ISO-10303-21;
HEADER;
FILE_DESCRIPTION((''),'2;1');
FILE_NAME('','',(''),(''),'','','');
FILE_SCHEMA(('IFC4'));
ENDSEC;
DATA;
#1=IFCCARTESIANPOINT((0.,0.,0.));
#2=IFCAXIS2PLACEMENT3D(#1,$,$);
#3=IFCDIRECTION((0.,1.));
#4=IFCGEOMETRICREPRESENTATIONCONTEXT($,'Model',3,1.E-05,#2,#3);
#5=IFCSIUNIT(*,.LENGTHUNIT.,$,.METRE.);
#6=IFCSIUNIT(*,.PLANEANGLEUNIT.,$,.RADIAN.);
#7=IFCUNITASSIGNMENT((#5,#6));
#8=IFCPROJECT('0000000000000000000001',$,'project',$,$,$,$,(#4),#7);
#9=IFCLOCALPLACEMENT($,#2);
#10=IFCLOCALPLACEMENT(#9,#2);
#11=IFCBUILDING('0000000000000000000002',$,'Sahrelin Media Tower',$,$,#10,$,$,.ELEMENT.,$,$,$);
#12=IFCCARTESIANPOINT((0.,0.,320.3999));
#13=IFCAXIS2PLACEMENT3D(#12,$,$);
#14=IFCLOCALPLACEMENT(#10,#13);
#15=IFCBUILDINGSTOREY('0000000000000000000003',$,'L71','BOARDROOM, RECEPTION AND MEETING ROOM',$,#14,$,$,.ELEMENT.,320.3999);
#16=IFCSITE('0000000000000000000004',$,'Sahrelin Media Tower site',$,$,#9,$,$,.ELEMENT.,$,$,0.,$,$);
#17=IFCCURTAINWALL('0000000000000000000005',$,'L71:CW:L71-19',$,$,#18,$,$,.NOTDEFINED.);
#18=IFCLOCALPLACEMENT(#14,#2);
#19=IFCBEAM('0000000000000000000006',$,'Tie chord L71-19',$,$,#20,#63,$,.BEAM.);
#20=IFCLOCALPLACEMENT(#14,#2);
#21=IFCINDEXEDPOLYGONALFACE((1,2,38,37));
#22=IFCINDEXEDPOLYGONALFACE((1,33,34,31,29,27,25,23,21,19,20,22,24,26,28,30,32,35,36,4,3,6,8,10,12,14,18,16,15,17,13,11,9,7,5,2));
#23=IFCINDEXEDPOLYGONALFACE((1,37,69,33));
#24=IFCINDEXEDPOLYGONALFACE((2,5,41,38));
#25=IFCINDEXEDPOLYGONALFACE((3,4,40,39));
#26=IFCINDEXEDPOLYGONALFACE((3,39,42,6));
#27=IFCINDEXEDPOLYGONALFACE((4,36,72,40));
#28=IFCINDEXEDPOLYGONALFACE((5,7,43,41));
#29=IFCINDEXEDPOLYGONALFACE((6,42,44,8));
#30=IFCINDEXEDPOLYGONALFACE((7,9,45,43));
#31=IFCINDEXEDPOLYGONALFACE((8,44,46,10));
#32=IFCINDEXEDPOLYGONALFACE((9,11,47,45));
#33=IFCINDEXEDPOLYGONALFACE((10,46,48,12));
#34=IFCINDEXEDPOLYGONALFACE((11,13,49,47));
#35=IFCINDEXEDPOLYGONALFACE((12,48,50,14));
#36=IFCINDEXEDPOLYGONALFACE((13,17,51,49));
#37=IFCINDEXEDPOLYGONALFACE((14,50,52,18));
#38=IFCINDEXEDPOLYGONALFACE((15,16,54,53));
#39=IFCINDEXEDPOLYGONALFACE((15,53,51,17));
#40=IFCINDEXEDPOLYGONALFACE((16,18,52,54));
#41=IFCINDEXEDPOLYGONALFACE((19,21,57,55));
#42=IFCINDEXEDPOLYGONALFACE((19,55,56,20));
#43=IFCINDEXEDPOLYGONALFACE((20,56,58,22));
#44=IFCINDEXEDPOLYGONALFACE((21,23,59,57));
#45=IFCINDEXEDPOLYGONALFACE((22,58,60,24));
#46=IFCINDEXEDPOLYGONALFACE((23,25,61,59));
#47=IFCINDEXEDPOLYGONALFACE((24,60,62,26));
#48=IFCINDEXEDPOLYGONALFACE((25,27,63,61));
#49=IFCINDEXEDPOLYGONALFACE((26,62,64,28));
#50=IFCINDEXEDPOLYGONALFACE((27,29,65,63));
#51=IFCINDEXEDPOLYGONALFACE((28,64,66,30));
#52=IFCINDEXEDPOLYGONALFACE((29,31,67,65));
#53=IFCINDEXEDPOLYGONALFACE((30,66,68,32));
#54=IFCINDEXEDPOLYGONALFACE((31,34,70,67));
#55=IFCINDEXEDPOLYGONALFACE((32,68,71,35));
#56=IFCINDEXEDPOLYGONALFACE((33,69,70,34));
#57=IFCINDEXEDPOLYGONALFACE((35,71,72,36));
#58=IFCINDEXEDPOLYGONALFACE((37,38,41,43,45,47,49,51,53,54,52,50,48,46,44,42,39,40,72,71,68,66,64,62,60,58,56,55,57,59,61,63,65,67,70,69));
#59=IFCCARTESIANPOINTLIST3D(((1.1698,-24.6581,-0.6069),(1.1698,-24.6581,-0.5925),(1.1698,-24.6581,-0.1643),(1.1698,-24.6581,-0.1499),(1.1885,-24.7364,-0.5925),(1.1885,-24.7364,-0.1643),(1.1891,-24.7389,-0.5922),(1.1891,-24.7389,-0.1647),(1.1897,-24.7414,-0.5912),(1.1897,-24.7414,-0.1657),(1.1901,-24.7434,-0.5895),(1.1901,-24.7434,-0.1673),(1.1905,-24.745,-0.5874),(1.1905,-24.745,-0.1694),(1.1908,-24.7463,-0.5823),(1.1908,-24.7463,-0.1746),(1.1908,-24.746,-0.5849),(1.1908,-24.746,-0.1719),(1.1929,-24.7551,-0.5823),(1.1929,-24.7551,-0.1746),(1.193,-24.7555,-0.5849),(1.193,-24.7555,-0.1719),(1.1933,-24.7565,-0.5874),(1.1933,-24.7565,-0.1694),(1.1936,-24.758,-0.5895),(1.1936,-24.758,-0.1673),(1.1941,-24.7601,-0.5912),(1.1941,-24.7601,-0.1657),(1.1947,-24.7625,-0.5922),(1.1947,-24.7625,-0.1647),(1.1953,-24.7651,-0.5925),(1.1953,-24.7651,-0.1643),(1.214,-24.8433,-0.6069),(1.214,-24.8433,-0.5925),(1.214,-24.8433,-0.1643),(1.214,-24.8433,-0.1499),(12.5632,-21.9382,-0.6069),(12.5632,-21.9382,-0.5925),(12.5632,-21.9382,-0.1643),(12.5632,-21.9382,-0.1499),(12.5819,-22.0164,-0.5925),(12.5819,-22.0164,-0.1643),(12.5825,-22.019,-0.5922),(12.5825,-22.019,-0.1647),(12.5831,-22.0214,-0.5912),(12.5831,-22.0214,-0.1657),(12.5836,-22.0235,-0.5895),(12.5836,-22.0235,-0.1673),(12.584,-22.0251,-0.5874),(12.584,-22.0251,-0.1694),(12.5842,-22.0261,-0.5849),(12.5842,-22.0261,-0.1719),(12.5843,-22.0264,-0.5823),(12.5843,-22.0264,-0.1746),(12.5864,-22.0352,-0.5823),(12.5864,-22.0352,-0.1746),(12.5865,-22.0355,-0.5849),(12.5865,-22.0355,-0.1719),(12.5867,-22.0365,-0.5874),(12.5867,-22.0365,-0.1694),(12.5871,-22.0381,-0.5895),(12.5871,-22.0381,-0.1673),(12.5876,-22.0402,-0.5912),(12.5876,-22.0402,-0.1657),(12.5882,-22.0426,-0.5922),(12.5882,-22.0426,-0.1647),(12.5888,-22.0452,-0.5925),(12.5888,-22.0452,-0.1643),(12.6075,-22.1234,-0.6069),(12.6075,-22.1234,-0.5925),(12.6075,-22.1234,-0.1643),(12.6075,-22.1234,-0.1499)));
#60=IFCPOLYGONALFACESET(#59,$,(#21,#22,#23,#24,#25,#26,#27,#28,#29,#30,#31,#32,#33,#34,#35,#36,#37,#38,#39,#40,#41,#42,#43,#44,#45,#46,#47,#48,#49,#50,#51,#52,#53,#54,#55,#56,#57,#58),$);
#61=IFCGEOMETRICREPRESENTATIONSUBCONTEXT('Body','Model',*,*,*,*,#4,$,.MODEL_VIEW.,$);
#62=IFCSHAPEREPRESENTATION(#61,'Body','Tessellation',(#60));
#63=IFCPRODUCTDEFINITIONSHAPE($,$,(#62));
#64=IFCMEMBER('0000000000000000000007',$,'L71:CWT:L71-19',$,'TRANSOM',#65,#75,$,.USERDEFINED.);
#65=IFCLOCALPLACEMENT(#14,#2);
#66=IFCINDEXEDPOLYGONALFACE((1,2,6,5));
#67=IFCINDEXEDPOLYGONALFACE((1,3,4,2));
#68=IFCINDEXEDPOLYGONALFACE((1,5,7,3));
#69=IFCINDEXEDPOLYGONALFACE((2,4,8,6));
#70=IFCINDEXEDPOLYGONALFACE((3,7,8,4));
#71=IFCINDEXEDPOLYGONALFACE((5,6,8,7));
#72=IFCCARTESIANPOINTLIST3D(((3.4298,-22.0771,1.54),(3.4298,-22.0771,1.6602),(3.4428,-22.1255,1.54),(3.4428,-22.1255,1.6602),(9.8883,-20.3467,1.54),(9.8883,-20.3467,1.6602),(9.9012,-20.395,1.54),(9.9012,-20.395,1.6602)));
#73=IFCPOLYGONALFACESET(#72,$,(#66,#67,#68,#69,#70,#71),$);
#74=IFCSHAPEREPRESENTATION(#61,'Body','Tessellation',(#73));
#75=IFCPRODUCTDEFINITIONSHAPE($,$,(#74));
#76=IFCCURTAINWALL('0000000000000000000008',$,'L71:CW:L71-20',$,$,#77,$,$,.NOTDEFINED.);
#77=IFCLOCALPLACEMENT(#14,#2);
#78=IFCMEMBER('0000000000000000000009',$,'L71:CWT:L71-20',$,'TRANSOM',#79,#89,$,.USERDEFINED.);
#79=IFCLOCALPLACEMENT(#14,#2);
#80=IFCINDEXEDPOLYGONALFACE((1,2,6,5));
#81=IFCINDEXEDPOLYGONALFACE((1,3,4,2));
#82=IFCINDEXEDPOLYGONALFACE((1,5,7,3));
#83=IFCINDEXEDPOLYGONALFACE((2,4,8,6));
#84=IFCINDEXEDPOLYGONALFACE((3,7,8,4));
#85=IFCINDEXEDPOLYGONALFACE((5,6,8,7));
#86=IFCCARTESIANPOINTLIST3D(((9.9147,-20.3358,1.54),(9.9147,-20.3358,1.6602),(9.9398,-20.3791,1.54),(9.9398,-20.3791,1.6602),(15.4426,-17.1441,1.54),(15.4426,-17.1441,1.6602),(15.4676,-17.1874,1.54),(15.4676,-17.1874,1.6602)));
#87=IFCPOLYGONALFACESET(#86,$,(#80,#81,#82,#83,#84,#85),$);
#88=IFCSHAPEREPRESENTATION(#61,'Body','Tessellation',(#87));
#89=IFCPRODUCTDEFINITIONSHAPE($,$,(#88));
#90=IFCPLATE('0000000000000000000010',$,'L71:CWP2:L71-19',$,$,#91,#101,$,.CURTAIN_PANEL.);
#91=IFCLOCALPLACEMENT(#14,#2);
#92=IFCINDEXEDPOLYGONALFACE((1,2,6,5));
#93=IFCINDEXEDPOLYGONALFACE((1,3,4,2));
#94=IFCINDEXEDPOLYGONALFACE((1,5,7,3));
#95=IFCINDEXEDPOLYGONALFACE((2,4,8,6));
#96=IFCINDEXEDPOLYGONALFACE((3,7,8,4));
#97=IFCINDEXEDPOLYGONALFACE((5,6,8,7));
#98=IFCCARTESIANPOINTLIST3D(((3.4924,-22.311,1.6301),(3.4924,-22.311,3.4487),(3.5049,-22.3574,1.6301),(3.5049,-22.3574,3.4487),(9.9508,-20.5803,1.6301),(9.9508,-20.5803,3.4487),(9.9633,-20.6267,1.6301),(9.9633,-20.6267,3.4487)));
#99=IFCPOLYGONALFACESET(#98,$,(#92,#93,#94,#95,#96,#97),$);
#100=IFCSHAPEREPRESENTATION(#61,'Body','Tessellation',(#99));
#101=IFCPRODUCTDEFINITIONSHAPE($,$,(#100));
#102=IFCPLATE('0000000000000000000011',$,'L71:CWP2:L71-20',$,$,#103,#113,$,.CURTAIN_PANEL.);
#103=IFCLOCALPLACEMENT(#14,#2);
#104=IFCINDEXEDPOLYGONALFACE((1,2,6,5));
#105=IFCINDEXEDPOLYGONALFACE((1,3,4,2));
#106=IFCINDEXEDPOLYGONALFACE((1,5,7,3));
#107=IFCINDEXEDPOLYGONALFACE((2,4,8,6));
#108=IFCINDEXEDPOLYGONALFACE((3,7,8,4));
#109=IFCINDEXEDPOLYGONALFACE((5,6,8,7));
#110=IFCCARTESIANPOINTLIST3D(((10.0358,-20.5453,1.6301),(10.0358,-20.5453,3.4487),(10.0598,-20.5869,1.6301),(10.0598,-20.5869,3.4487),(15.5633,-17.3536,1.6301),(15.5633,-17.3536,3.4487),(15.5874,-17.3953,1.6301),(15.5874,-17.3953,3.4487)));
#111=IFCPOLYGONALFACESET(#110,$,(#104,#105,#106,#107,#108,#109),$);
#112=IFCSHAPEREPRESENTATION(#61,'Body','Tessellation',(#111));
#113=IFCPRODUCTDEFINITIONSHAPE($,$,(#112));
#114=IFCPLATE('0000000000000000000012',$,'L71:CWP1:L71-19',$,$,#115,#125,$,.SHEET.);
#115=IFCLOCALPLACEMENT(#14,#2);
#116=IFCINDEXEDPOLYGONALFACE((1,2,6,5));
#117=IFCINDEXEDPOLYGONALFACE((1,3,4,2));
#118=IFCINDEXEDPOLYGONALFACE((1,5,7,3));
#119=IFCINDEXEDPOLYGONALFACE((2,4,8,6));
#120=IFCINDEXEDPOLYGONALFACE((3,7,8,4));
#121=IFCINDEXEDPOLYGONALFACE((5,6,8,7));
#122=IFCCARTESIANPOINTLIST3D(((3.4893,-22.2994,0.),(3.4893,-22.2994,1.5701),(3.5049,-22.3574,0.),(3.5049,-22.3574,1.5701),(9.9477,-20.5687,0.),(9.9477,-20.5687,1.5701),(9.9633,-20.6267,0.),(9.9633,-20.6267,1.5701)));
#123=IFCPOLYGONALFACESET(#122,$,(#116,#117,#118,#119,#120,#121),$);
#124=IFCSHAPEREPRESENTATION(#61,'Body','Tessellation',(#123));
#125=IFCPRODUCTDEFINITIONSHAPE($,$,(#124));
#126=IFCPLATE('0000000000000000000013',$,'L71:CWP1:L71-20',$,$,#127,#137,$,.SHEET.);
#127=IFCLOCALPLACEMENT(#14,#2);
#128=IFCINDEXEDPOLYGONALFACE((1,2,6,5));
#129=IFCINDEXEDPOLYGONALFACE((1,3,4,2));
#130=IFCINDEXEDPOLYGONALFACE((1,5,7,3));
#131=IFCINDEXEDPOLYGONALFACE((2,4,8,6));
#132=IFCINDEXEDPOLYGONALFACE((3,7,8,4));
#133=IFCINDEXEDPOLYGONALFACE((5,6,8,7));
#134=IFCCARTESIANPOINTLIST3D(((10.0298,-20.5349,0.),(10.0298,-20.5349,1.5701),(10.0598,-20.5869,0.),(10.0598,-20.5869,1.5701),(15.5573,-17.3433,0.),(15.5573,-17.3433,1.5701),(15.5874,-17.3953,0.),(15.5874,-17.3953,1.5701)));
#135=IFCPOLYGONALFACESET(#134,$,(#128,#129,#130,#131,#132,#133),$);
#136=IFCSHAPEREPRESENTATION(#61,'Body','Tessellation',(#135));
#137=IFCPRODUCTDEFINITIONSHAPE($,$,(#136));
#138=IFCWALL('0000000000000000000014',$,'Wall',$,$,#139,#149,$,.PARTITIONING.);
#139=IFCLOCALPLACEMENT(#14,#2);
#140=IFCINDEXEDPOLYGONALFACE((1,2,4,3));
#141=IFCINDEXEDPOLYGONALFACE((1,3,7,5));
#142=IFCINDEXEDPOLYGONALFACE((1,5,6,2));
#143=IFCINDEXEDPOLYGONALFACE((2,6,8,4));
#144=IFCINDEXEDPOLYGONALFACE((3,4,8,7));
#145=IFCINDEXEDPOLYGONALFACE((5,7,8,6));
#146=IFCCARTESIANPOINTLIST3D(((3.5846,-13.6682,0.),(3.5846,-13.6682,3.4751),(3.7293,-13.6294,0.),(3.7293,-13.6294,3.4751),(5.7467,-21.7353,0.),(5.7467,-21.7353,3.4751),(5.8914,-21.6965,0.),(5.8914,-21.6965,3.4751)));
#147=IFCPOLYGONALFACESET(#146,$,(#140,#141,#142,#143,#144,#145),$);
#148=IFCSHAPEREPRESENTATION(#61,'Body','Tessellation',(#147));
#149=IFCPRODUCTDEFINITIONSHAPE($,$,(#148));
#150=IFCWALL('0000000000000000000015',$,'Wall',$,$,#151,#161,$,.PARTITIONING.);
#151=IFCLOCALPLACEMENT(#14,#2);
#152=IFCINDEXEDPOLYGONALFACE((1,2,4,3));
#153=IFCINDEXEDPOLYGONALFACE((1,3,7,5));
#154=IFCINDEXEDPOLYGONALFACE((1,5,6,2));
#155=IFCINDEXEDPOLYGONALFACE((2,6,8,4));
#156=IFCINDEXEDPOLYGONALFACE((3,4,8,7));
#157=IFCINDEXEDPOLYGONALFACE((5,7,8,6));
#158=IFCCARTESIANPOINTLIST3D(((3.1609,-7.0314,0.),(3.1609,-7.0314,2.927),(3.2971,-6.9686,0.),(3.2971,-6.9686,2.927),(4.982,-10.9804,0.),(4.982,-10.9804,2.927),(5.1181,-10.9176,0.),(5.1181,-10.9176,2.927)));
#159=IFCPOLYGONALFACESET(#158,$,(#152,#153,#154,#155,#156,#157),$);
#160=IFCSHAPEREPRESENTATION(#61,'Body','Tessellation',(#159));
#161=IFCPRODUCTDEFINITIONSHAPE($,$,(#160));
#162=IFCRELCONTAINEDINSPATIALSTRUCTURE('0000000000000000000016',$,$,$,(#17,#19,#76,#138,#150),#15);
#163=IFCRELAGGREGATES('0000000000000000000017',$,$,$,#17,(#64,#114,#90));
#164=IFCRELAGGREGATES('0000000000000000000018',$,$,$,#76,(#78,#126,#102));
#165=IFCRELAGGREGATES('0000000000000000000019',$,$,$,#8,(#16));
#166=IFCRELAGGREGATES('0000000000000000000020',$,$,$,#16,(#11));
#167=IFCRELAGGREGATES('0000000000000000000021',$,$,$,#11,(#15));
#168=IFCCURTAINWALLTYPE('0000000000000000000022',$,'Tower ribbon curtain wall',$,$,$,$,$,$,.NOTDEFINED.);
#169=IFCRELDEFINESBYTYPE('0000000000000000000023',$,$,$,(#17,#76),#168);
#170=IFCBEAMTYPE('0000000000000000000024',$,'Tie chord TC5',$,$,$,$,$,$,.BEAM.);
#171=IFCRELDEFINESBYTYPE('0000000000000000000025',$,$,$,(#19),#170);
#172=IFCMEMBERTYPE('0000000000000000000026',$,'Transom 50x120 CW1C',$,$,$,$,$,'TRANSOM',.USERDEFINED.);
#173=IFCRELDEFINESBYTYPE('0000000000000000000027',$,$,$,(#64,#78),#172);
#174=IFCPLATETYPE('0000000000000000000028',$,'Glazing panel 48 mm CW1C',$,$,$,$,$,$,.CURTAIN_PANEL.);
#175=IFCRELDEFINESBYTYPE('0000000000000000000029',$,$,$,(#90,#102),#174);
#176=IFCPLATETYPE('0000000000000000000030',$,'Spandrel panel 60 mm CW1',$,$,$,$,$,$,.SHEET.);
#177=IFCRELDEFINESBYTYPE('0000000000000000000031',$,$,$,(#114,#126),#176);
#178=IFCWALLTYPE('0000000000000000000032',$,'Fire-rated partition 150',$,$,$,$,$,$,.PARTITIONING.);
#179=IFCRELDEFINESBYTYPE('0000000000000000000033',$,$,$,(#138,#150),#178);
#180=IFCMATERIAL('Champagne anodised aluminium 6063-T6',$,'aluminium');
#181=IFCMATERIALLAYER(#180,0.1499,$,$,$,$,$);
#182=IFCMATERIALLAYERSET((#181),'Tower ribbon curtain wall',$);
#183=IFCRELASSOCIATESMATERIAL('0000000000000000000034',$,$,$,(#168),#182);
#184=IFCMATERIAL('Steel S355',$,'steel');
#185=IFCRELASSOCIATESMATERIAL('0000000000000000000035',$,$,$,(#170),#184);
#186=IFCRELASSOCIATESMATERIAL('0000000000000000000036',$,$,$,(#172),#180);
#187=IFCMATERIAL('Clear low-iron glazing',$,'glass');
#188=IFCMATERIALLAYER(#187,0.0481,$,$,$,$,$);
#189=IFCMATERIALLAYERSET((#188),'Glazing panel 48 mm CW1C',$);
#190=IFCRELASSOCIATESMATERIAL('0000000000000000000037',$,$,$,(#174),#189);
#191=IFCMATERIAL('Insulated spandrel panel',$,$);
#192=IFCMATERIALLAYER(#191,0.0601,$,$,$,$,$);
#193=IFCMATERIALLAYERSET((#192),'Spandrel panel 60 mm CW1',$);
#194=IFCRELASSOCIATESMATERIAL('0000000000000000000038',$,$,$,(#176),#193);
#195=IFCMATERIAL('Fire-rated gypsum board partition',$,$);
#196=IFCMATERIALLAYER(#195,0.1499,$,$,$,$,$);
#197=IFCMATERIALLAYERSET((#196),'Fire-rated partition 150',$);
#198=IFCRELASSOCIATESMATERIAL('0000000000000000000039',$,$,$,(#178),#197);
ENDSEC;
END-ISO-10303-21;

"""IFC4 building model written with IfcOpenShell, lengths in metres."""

from ifc_helpers import new_model, si_unit, direction, frame, frame_2d, origin, origin_2d, place, context, subcontext, project, spatial, polyline, rectangle, i_section, outline, extrude, material, layer, layer_set, material_profile, profile_set, type_object, element, aggregate, save


model = new_model("IFC4")

# Units and contexts
model_context = context("Model", 3, precision=1e-05, world=origin(), true_north=direction((0.0, 1.0)))
body_context = subcontext(model_context, "Body", "Model", "MODEL_VIEW")
ifc_project = project(units=[si_unit("LENGTHUNIT", "METRE"), si_unit("PLANEANGLEUNIT", "RADIAN")], contexts=[model_context])

# Site, building, storey
site_placement = place(None, origin())
site = spatial("IfcSite", under=ifc_project, at=site_placement, Name="Sahrelin Media Tower site", CompositionType="ELEMENT", RefElevation=0.0)
building_placement = place(site_placement, origin())
building = spatial("IfcBuilding", under=site, at=building_placement, Name="Sahrelin Media Tower", CompositionType="ELEMENT")
storey_placement = place(building_placement, frame((0.0, 0.0, 320.3999)))
storey = spatial("IfcBuildingStorey", under=building, at=storey_placement, Name="L71", Description="BOARDROOM, RECEPTION AND MEETING ROOM", CompositionType="ELEMENT", Elevation=320.3999)

# Shared definitions
ifc_material_1 = material(Name="Steel S355", Category="steel")

# Curtain wall
ifc_material_2 = material(Name="Champagne anodised aluminium 6063-T6", Category="aluminium")
ifc_layer_1 = layer(ifc_material_2, 0.1499)
ifc_layer_set_1 = layer_set([ifc_layer_1], Name="Tower ribbon curtain wall")
curtain_wall_type = type_object("IfcCurtainWallType", Name="Tower ribbon curtain wall", PredefinedType="NOTDEFINED", material=ifc_layer_set_1)
curtain_wall_1_placement = place(storey_placement, frame((6.729, -21.4727, 0.0), z_axis=(0.0, 0.0, 1.0), x_axis=(1.0, 0.0, 0.0)))
curtain_wall_1 = element("IfcCurtainWall", 1, at=curtain_wall_1_placement, inside=storey, type_object=curtain_wall_type, Name="L71:CW:L71-19", PredefinedType="NOTDEFINED")

# Beam
ifc_material_profile_1 = material_profile(ifc_material_1, i_section(OverallWidth=0.1904, OverallDepth=0.457, WebThickness=0.009, FlangeThickness=0.0144, FilletRadius=0.0103, at=origin_2d()), Name="UB 457x191x74")
ifc_profile_set_1 = profile_set([ifc_material_profile_1], Name="Steel S355")
beam_type_1 = type_object("IfcBeamType", Name="Tie chord TC5", PredefinedType="BEAM", material=ifc_profile_set_1)
beam_1_placement = place(storey_placement, frame((1.1919, -24.7507, -0.3784), z_axis=(0.972667, 0.232204, 0.0), x_axis=(-0.232204, 0.972667, 0.0)))
element("IfcBeam", 2, at=beam_1_placement, inside=storey, type_object=beam_type_1, Name="Tie chord L71-19", PredefinedType="BEAM", context=body_context, shape_type="SweptSolid", body=[
    extrude(i_section(OverallWidth=0.1904, OverallDepth=0.457, WebThickness=0.009, FlangeThickness=0.0144, FilletRadius=0.0103, at=origin_2d()), origin(), (0.0, 0.0, 1.0), 11.7136),
])

# Member
ifc_material_profile_2 = material_profile(ifc_material_2, rectangle(XDim=0.05, YDim=0.1201, at=origin_2d()), Name="Transom 50x120")
ifc_profile_set_2 = profile_set([ifc_material_profile_2], Name="Champagne anodised aluminium 6063-T6")
member_type_1 = type_object("IfcMemberType", Name="Transom 50x120 CW1C", ElementType="TRANSOM", PredefinedType="USERDEFINED", material=ifc_profile_set_2)
member_1_placement = place(storey_placement, frame((3.4363, -22.1013, 1.6001), z_axis=(0.965929, 0.258808, 0.0), x_axis=(-0.258808, 0.965929, 0.0)))
member_1 = element("IfcMember", 3, at=member_1_placement, type_object=member_type_1, Name="L71:CWT:L71-19", ObjectType="TRANSOM", PredefinedType="USERDEFINED", context=body_context, shape_type="SweptSolid", body=[
    extrude(rectangle(XDim=0.05, YDim=0.1201, at=origin_2d()), origin(), (0.0, 0.0, 1.0), 6.6863),
])

# Curtain wall, member
curtain_wall_2_placement = place(storey_placement, frame((12.8137, -18.9736, 0.0), z_axis=(0.0, 0.0, 1.0), x_axis=(1.0, 0.0, 0.0)))
curtain_wall_2 = element("IfcCurtainWall", 4, at=curtain_wall_2_placement, inside=storey, type_object=curtain_wall_type, Name="L71:CW:L71-20", PredefinedType="NOTDEFINED")
member_2_placement = place(storey_placement, frame((9.9272, -20.3574, 1.6001), z_axis=(0.866015, 0.500018, 0.0), x_axis=(-0.500018, 0.866015, 0.0)))
member_2 = element("IfcMember", 5, at=member_2_placement, type_object=member_type_1, Name="L71:CWT:L71-20", ObjectType="TRANSOM", PredefinedType="USERDEFINED", context=body_context, shape_type="SweptSolid", body=[
    extrude(rectangle(XDim=0.05, YDim=0.1201, at=origin_2d()), origin(), (0.0, 0.0, 1.0), 6.3831),
])

# Plates
ifc_material_3 = material(Name="Clear low-iron glazing", Category="glass")
ifc_layer_2 = layer(ifc_material_3, 0.0481)
ifc_layer_set_2 = layer_set([ifc_layer_2], Name="Glazing panel 48 mm CW1C")
plate_type_1 = type_object("IfcPlateType", Name="Glazing panel 48 mm CW1C", PredefinedType="CURTAIN_PANEL", material=ifc_layer_set_2)
plate_1_placement = place(storey_placement, frame((3.5049, -22.3574, 1.6301), z_axis=(0.258842, -0.96592, 0.0), x_axis=(0.96592, 0.258842, 0.0)))
plate_1 = element("IfcPlate", 6, at=plate_1_placement, type_object=plate_type_1, Name="L71:CWP2:L71-19", PredefinedType="CURTAIN_PANEL", context=body_context, shape_type="SweptSolid", body=[
    extrude(outline(polyline([(0.0, 0.0), (6.6863, 0.0), (6.6863, 1.8186), (0.0, 1.8186), (0.0, 0.0)])), origin(), (0.0, 0.0, -1.0), 0.0481),
])
plate_2_placement = place(storey_placement, frame((10.0598, -20.5869, 1.6301), z_axis=(0.500035, -0.866005, 0.0), x_axis=(0.866005, 0.500035, 0.0)))
plate_2 = element("IfcPlate", 7, at=plate_2_placement, type_object=plate_type_1, Name="L71:CWP2:L71-20", PredefinedType="CURTAIN_PANEL", context=body_context, shape_type="SweptSolid", body=[
    extrude(outline(polyline([(0.0, 0.0), (6.3828, 0.0), (6.3828, 1.8186), (0.0, 1.8186), (0.0, 0.0)])), origin(), (0.0, 0.0, -1.0), 0.0481),
])
ifc_material_4 = material(Name="Insulated spandrel panel")
ifc_layer_3 = layer(ifc_material_4, 0.0601)
ifc_layer_set_3 = layer_set([ifc_layer_3], Name="Spandrel panel 60 mm CW1")
plate_type_2 = type_object("IfcPlateType", Name="Spandrel panel 60 mm CW1", PredefinedType="SHEET", material=ifc_layer_set_3)
plate_3_placement = place(storey_placement, frame((3.5049, -22.3574, 0.0), z_axis=(0.258842, -0.96592, 0.0), x_axis=(0.96592, 0.258842, 0.0)))
plate_3 = element("IfcPlate", 8, at=plate_3_placement, type_object=plate_type_2, Name="L71:CWP1:L71-19", PredefinedType="SHEET", context=body_context, shape_type="SweptSolid", body=[
    extrude(outline(polyline([(0.0, 0.0), (6.6863, 0.0), (6.6863, 1.5701), (0.0, 1.5701), (0.0, 0.0)])), origin(), (0.0, 0.0, -1.0), 0.0601),
])
aggregate(curtain_wall_1, [member_1, plate_3, plate_1])
plate_4_placement = place(storey_placement, frame((10.0598, -20.5869, 0.0), z_axis=(0.500035, -0.866005, 0.0), x_axis=(0.866005, 0.500035, 0.0)))
plate_4 = element("IfcPlate", 9, at=plate_4_placement, type_object=plate_type_2, Name="L71:CWP1:L71-20", PredefinedType="SHEET", context=body_context, shape_type="SweptSolid", body=[
    extrude(outline(polyline([(0.0, 0.0), (6.3828, 0.0), (6.3828, 1.5701), (0.0, 1.5701), (0.0, 0.0)])), origin(), (0.0, 0.0, -1.0), 0.0601),
])
aggregate(curtain_wall_2, [member_2, plate_4, plate_2])

# Walls
ifc_material_5 = material(Name="Fire-rated gypsum board partition")
ifc_layer_4 = layer(ifc_material_5, 0.1499)
ifc_layer_set_4 = layer_set([ifc_layer_4], Name="Fire-rated partition 150")
wall_type = type_object("IfcWallType", Name="Fire-rated partition 150", PredefinedType="PARTITIONING", material=ifc_layer_set_4)
wall_1_placement = place(storey_placement, frame((3.657, -13.6489, 0.0), z_axis=(0.0, 0.0, 1.0), x_axis=(0.258878, -0.96591, 0.0)))
element("IfcWall", 10, at=wall_1_placement, inside=storey, type_object=wall_type, Name="Wall", PredefinedType="PARTITIONING", context=body_context, shape_type="SweptSolid", body=[
    extrude(rectangle(XDim=8.3518, YDim=0.1499, at=frame_2d((4.1758, 0.0))), origin(), (0.0, 0.0, 1.0), 3.4751),
])
wall_2_placement = place(storey_placement, frame((3.229, -7.0, 0.0), z_axis=(0.0, 0.0, 1.0), x_axis=(0.418763, -0.908096, 0.0)))
element("IfcWall", 11, at=wall_2_placement, inside=storey, type_object=wall_type, Name="Wall", PredefinedType="PARTITIONING", context=body_context, shape_type="SweptSolid", body=[
    extrude(rectangle(XDim=4.3486, YDim=0.1499, at=frame_2d((2.1743, 0.0))), origin(), (0.0, 0.0, 1.0), 2.927),
])

save(model, "model.ifc")
